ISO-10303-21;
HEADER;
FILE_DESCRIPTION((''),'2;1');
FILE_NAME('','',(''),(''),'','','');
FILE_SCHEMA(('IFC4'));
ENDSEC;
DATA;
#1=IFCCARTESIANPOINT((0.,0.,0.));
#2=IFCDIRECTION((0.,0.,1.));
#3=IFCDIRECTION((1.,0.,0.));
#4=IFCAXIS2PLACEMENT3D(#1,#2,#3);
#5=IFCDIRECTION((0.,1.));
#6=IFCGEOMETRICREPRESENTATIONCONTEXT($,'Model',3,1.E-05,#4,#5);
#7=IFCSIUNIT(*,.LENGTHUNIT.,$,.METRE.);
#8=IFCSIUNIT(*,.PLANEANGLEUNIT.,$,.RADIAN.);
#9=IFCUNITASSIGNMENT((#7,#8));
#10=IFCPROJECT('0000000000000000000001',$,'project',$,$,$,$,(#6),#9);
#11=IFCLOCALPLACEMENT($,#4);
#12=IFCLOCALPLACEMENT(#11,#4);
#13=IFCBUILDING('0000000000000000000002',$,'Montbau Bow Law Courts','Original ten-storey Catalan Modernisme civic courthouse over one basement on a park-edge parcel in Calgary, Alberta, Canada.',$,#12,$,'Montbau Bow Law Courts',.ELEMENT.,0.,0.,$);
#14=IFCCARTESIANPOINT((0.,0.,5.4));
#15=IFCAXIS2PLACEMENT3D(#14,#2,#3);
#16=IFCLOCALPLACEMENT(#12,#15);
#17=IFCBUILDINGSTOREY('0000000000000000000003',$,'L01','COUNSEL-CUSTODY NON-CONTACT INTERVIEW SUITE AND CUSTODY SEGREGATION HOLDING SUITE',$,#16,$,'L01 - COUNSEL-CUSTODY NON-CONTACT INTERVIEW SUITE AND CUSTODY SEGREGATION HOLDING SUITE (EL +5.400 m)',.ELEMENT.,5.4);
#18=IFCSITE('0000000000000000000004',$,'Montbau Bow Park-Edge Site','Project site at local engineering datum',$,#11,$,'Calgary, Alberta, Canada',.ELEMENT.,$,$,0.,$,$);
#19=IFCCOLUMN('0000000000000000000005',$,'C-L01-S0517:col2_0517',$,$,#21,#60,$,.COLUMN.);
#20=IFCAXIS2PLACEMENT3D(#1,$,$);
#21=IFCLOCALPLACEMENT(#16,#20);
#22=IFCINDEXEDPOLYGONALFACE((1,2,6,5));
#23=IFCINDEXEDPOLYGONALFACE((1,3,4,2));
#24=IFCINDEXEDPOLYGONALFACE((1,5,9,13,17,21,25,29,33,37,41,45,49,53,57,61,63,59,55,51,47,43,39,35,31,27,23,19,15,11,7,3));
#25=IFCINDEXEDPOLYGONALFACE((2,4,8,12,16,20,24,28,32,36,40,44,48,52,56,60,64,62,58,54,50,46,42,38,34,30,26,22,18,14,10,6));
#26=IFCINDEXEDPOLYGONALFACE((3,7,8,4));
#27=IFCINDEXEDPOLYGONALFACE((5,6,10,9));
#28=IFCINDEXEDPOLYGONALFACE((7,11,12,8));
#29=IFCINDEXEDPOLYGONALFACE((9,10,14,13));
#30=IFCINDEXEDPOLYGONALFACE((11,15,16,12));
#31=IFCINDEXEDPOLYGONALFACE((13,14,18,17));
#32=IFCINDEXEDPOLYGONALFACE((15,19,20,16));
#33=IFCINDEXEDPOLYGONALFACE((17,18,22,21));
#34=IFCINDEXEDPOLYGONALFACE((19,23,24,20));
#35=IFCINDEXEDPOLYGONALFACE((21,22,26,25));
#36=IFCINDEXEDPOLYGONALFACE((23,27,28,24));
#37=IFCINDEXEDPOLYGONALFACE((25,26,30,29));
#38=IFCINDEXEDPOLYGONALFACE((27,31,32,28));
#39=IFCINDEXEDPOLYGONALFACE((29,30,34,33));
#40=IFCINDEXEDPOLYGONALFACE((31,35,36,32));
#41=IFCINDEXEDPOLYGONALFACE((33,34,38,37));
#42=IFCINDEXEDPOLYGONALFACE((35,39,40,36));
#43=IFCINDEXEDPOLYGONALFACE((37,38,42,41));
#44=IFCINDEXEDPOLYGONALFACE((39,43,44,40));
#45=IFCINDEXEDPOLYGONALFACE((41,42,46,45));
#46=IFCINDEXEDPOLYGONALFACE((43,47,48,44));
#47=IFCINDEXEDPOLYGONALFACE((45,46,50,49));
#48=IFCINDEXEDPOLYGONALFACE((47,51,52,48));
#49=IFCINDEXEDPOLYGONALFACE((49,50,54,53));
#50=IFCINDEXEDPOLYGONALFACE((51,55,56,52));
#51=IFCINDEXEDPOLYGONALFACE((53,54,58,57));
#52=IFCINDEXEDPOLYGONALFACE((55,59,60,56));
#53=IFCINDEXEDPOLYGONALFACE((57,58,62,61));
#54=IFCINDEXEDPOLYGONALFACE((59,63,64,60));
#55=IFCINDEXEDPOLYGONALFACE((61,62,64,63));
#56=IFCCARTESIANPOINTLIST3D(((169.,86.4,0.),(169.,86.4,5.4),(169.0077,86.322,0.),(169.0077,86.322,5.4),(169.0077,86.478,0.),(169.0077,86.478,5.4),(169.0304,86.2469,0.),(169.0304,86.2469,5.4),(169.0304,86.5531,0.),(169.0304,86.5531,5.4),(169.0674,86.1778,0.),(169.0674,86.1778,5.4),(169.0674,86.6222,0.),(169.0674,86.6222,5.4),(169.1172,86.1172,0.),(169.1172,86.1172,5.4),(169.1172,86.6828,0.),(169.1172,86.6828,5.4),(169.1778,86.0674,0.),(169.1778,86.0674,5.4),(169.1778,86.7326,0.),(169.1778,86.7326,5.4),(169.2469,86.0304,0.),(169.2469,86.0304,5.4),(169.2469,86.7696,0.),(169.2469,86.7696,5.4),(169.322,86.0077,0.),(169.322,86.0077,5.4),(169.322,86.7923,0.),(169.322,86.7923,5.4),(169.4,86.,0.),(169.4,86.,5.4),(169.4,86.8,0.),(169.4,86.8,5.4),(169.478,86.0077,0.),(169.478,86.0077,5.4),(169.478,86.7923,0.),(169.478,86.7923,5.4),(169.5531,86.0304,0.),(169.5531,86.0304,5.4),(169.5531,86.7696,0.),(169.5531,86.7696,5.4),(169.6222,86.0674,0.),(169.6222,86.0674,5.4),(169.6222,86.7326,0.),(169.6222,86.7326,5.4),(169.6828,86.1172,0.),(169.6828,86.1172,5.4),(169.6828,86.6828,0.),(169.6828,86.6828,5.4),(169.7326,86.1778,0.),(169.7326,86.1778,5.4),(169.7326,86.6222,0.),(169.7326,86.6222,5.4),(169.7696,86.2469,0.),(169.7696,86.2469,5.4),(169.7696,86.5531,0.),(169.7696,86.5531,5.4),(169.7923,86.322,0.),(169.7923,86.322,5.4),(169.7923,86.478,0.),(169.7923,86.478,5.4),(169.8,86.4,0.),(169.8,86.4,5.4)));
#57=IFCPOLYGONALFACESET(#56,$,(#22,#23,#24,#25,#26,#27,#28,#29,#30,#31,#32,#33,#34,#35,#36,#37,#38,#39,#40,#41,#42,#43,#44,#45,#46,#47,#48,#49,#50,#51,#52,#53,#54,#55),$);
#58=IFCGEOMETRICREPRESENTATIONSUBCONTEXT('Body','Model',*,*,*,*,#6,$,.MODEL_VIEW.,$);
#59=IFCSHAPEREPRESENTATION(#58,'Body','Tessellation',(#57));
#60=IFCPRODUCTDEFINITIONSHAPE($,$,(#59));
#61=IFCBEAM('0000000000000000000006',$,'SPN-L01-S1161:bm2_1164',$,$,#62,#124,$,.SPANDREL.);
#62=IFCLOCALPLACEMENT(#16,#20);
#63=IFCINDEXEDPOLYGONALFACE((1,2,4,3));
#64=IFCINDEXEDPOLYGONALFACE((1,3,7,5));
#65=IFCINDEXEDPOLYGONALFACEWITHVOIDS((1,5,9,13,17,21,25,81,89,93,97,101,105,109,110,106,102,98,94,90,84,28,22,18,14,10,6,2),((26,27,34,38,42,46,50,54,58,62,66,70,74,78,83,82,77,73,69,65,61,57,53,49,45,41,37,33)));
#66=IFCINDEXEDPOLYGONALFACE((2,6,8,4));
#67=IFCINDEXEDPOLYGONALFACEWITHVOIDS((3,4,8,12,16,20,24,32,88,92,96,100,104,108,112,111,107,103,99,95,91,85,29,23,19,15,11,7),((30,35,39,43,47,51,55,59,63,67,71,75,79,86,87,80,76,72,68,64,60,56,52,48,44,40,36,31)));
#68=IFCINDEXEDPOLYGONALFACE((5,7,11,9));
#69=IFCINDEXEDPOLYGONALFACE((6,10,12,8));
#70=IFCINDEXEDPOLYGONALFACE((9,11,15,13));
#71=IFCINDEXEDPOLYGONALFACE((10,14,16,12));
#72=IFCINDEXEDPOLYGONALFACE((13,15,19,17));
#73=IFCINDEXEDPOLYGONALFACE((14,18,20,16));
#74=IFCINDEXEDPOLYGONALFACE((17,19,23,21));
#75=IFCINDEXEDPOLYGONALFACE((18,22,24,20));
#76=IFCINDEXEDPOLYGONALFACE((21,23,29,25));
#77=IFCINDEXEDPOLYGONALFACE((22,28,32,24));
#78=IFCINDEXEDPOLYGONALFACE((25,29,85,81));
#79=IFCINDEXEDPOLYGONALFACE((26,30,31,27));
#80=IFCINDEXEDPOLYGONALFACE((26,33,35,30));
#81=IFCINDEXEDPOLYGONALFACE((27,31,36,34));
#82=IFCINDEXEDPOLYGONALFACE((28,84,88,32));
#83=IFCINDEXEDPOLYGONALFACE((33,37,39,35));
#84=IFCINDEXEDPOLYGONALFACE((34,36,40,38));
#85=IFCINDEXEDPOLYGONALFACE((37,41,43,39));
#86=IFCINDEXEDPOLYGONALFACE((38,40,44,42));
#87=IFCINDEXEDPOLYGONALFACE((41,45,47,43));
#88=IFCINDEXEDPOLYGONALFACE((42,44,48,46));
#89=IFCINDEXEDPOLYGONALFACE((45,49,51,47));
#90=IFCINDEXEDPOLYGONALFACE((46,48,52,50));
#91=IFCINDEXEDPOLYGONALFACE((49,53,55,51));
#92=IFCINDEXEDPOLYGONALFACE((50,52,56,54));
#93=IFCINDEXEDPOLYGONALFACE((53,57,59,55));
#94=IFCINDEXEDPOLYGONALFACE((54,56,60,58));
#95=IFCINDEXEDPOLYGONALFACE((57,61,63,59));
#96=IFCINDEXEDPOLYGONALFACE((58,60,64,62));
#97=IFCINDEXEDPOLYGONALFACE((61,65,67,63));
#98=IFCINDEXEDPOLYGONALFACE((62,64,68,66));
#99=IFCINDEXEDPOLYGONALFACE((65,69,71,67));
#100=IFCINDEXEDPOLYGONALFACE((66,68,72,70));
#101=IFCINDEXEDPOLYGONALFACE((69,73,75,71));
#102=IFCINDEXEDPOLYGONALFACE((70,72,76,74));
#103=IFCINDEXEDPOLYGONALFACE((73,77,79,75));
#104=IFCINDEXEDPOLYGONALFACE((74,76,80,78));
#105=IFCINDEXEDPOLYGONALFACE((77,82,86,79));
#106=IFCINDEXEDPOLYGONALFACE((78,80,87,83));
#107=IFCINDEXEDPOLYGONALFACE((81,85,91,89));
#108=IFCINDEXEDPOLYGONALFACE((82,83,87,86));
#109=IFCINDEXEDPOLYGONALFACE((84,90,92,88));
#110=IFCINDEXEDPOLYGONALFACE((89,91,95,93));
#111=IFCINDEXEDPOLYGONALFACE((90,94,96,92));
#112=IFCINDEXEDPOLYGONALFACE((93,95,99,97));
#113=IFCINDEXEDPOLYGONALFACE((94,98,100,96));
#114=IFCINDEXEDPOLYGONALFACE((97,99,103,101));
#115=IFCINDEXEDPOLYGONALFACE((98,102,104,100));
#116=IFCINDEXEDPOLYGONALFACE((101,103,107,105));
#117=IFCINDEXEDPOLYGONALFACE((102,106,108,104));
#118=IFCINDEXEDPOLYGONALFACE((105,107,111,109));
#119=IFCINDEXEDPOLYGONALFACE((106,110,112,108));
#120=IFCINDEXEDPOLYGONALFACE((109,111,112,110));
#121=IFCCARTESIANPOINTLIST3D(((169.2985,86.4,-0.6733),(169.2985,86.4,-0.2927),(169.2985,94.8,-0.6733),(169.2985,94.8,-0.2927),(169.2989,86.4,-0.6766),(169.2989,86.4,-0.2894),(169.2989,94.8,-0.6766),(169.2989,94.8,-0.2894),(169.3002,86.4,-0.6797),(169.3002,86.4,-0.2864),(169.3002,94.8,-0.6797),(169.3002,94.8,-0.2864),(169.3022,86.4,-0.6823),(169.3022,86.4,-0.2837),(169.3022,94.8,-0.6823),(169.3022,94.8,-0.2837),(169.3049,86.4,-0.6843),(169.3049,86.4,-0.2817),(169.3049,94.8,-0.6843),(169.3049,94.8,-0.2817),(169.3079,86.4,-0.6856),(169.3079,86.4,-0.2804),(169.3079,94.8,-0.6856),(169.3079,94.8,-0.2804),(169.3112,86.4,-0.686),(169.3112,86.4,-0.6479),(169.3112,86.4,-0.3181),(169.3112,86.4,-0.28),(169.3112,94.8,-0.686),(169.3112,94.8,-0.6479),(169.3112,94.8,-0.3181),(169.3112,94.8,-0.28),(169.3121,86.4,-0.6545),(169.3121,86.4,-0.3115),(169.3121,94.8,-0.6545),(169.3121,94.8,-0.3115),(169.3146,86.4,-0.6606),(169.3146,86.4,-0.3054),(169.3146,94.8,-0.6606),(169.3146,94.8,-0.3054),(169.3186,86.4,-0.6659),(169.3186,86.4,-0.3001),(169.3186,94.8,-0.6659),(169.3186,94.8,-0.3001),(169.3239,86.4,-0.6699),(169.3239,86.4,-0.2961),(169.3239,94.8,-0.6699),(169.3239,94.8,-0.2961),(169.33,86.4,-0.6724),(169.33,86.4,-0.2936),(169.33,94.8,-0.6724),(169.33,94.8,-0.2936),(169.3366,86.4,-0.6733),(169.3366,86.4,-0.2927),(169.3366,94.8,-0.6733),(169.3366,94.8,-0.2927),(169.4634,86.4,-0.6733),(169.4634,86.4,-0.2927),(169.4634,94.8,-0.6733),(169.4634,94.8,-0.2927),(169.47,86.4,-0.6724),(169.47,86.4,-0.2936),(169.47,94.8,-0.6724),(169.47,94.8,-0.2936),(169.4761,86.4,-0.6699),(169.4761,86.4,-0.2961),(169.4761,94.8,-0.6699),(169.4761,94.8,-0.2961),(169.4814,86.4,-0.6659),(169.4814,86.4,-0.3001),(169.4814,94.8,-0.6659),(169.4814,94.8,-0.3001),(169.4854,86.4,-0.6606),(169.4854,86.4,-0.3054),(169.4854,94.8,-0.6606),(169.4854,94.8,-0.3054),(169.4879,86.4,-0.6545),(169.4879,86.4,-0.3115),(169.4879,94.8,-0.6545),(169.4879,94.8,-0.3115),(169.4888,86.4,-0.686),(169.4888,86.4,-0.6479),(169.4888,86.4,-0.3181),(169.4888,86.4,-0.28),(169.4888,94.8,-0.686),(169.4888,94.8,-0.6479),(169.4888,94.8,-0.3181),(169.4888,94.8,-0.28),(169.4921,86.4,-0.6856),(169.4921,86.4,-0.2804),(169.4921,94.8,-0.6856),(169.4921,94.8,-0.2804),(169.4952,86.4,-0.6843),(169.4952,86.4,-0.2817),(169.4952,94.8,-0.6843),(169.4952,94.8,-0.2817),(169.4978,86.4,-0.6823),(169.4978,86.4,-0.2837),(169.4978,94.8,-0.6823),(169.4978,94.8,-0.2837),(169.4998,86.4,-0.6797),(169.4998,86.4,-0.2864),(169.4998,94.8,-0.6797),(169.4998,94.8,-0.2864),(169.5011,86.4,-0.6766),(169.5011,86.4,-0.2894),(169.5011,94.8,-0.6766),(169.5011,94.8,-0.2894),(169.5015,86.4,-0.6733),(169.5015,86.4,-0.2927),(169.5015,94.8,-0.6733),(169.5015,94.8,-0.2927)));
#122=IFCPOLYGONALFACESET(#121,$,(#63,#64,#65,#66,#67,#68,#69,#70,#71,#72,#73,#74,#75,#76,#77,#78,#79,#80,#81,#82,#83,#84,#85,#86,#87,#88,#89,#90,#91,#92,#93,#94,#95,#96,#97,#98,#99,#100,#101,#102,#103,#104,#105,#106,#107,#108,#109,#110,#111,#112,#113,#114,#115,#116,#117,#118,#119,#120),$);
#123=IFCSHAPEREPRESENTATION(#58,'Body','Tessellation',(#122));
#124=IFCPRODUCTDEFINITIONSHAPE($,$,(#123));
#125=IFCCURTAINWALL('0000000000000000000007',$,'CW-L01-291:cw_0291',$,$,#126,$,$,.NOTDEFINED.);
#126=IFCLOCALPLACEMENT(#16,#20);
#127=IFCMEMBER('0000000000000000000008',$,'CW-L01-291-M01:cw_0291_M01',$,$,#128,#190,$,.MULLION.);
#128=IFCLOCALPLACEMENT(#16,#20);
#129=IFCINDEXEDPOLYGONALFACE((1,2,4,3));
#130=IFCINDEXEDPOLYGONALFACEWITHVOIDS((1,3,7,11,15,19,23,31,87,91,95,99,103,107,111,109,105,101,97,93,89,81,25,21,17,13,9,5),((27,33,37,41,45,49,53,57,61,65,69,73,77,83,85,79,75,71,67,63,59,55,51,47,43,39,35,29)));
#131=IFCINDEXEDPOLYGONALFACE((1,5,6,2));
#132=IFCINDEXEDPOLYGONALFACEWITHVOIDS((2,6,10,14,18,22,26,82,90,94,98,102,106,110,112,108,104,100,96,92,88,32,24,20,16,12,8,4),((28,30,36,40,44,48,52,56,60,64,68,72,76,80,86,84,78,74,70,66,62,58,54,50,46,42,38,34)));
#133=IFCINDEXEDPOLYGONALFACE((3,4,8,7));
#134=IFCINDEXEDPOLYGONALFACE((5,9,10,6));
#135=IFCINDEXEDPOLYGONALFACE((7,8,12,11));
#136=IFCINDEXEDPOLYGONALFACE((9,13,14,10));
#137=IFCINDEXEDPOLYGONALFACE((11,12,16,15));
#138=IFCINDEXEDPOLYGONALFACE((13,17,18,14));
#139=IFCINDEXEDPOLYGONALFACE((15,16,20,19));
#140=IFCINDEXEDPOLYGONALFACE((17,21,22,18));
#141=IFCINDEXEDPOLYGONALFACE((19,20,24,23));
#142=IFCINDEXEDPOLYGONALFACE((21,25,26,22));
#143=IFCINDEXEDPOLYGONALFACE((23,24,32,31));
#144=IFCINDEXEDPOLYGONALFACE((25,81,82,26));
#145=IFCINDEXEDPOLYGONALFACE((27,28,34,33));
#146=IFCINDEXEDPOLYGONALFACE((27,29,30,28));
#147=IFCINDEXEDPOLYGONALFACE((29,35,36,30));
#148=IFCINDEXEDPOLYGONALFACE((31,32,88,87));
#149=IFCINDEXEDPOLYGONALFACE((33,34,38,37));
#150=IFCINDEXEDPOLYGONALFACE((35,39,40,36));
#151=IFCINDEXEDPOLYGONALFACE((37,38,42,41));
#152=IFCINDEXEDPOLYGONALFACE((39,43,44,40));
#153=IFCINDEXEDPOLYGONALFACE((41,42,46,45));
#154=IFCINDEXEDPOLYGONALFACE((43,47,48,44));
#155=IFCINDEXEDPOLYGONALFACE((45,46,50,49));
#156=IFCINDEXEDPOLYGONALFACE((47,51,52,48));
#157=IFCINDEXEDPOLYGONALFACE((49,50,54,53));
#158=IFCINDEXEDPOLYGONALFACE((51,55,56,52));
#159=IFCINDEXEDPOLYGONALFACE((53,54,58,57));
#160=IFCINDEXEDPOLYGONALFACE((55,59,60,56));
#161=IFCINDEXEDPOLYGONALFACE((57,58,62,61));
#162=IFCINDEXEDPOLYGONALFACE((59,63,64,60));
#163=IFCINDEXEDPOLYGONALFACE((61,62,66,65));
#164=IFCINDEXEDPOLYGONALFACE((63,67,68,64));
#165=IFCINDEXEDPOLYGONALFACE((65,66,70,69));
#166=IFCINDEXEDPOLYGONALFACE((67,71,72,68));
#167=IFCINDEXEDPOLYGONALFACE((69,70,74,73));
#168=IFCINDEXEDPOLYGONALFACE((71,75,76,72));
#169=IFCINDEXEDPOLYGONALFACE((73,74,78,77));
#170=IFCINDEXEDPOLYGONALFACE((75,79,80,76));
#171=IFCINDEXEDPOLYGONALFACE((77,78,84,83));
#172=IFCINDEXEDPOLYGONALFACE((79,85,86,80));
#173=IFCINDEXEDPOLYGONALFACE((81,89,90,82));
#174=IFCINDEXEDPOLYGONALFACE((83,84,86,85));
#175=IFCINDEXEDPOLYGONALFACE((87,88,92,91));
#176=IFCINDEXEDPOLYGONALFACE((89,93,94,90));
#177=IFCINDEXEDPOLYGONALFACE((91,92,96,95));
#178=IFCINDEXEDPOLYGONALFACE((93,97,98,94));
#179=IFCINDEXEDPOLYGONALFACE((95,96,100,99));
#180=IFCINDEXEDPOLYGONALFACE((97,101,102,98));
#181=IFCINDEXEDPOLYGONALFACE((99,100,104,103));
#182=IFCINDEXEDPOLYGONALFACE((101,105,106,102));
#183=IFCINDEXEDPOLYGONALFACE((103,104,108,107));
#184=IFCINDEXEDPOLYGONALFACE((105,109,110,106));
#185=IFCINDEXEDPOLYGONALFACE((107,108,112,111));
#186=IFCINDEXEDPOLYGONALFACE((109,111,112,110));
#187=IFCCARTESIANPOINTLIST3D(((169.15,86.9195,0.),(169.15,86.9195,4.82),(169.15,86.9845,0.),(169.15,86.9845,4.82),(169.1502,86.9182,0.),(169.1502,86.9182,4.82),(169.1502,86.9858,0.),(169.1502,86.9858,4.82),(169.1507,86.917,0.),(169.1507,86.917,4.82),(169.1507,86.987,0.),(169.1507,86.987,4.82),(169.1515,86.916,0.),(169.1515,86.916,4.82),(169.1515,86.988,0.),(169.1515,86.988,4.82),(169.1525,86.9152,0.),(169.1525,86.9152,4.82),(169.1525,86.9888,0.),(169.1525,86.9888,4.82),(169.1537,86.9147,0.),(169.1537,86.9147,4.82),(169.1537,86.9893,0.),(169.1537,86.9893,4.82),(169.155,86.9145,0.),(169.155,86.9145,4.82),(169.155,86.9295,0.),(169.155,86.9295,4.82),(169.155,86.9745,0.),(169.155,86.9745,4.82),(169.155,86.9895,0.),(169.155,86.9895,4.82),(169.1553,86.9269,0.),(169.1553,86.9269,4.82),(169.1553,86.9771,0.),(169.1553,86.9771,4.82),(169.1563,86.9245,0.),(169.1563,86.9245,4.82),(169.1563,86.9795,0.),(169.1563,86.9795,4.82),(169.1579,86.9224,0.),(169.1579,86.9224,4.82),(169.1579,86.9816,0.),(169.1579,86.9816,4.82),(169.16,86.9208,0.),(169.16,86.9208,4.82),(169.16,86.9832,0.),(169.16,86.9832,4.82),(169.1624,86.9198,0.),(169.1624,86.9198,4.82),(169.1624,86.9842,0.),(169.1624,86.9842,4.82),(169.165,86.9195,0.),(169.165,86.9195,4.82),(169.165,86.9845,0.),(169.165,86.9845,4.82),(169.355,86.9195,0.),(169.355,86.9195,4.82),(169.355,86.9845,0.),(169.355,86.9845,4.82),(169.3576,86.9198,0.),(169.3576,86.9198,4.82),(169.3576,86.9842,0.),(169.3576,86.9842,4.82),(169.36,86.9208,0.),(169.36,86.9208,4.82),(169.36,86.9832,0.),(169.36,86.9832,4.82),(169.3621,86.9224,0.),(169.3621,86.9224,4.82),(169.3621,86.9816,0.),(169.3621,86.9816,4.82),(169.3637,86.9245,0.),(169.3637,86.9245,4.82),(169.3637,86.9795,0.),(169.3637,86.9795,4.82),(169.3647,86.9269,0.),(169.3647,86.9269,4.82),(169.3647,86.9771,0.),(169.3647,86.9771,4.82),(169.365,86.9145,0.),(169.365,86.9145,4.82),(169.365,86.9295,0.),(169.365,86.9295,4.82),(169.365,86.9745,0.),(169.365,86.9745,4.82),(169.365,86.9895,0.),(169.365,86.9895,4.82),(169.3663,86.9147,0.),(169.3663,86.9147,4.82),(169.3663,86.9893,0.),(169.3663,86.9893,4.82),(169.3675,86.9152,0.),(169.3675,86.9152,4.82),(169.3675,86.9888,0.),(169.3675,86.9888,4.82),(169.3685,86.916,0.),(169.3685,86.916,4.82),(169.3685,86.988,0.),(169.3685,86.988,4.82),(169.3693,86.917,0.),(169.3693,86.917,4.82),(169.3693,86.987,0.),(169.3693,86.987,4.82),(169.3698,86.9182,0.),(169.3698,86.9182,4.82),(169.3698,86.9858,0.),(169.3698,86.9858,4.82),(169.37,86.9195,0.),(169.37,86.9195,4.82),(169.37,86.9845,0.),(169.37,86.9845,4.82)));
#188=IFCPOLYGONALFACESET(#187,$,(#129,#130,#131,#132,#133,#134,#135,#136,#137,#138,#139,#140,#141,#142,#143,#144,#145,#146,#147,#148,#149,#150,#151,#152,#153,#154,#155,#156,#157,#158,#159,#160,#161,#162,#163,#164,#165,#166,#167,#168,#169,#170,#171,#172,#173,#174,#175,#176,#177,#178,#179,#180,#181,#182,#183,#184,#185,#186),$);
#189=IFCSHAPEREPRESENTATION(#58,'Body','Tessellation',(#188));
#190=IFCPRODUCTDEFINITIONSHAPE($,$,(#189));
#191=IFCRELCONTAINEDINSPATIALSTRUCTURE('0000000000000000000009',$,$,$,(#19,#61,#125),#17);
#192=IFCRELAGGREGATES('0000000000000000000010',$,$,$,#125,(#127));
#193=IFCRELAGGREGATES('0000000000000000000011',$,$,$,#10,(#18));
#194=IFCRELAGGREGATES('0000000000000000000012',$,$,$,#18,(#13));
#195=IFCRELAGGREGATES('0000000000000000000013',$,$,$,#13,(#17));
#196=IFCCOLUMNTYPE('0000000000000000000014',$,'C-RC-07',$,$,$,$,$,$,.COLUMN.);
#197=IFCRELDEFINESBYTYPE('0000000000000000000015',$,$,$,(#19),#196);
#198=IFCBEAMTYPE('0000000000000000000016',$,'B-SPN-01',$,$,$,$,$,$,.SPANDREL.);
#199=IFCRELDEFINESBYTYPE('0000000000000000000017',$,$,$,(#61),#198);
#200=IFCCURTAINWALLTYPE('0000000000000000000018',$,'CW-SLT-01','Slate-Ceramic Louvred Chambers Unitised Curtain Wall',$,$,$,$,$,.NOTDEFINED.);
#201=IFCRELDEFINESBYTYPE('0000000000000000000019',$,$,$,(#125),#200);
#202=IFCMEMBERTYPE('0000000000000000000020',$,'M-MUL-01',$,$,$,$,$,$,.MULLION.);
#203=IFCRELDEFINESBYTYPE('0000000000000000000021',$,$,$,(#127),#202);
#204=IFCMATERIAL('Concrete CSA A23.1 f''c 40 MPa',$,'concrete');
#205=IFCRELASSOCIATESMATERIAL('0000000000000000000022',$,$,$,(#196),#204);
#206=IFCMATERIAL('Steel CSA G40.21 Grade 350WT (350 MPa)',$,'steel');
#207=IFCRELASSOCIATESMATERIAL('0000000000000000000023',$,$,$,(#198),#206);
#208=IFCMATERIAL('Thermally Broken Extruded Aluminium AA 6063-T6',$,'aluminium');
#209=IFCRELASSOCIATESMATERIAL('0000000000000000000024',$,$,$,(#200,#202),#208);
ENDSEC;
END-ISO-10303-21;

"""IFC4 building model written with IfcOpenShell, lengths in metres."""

from ifc_helpers import new_model, si_unit, direction, frame, origin_with_axes, origin_2d_with_axis, place, context, subcontext, project, spatial, hollow_rectangle, circle, extrude, material, material_profile, profile_set, type_object, element, aggregate, save


model = new_model("IFC4")

# Units and contexts
model_context = context("Model", 3, precision=1e-05, world=origin_with_axes(), true_north=direction((0.0, 1.0)))
body_context = subcontext(model_context, "Body", "Model", "MODEL_VIEW")
ifc_project = project(units=[si_unit("LENGTHUNIT", "METRE"), si_unit("PLANEANGLEUNIT", "RADIAN")], contexts=[model_context])

# Site, building, storey
site_placement = place(None, origin_with_axes())
site = spatial("IfcSite", under=ifc_project, at=site_placement, Name="Montbau Bow Park-Edge Site", Description="Project site at local engineering datum", LongName="Calgary, Alberta, Canada", CompositionType="ELEMENT", RefElevation=0.0)
building_placement = place(site_placement, origin_with_axes())
building = spatial("IfcBuilding", under=site, at=building_placement, Name="Montbau Bow Law Courts", Description="Original ten-storey Catalan Modernisme civic courthouse over one basement on a park-edge parcel in Calgary, Alberta, Canada.", LongName="Montbau Bow Law Courts", CompositionType="ELEMENT", ElevationOfRefHeight=0.0, ElevationOfTerrain=0.0)
storey_placement = place(building_placement, frame((0.0, 0.0, 5.4), z_axis=(0.0, 0.0, 1.0), x_axis=(1.0, 0.0, 0.0)))
storey = spatial("IfcBuildingStorey", under=building, at=storey_placement, Name="L01", Description="COUNSEL-CUSTODY NON-CONTACT INTERVIEW SUITE AND CUSTODY SEGREGATION HOLDING SUITE", LongName="L01 - COUNSEL-CUSTODY NON-CONTACT INTERVIEW SUITE AND CUSTODY SEGREGATION HOLDING SUITE (EL +5.400 m)", CompositionType="ELEMENT", Elevation=5.4)

# Column
ifc_material_1 = material(Name="Concrete CSA A23.1 f'c 40 MPa", Category="concrete")
ifc_material_profile_1 = material_profile(ifc_material_1, circle(Radius=0.4, at=origin_2d_with_axis()), Name="RC800D", Category="Main", Priority=0)
ifc_profile_set_1 = profile_set([ifc_material_profile_1], Name="Concrete CSA A23.1 f'c 40 MPa")
column_type = type_object("IfcColumnType", Name="C-RC-07", PredefinedType="COLUMN", material=ifc_profile_set_1)
column_placement = place(None, frame((169.4, 86.4, 5.4), z_axis=(0.0, 0.0, 1.0), x_axis=(1.0, 0.0, 0.0)))
element("IfcColumn", 1, at=column_placement, inside=storey, type_object=column_type, Name="C-L01-S0517:col2_0517", PredefinedType="COLUMN", context=body_context, shape_type="SweptSolid", body=[
    extrude(circle(Radius=0.4, at=origin_2d_with_axis()), origin_with_axes(), (0.0, 0.0, 1.0), 5.4),
])

# Beam
ifc_material_2 = material(Name="Steel CSA G40.21 Grade 350WT (350 MPa)", Category="steel")
ifc_material_profile_2 = material_profile(ifc_material_2, hollow_rectangle(XDim=0.203, YDim=0.406, WallThickness=0.0127, InnerFilletRadius=0.0254, OuterFilletRadius=0.0127, at=origin_2d_with_axis()), Name="HSS406X203X13", Category="Main", Priority=0)
ifc_profile_set_2 = profile_set([ifc_material_profile_2], Name="Steel CSA G40.21 Grade 350WT (350 MPa)")
beam_type = type_object("IfcBeamType", Name="B-SPN-01", PredefinedType="SPANDREL", material=ifc_profile_set_2)
beam_placement = place(None, frame((169.4, 86.4, 4.917), z_axis=(0.0, 1.0, 0.0), x_axis=(-1.0, 0.0, 0.0)))
element("IfcBeam", 2, at=beam_placement, inside=storey, type_object=beam_type, Name="SPN-L01-S1161:bm2_1164", PredefinedType="SPANDREL", context=body_context, shape_type="SweptSolid", body=[
    extrude(hollow_rectangle(XDim=0.203, YDim=0.406, WallThickness=0.0127, InnerFilletRadius=0.0254, OuterFilletRadius=0.0127, at=origin_2d_with_axis()), origin_with_axes(), (0.0, 0.0, 1.0), 8.4),
])

# Curtain wall, member
ifc_material_3 = material(Name="Thermally Broken Extruded Aluminium AA 6063-T6", Category="aluminium")
curtain_wall_type = type_object("IfcCurtainWallType", Name="CW-SLT-01", Description="Slate-Ceramic Louvred Chambers Unitised Curtain Wall", PredefinedType="NOTDEFINED", material=ifc_material_3)
curtain_wall_1_placement = place(None, frame((169.26, 86.915, 5.4), z_axis=(0.0, 0.0, 1.0), x_axis=(1.0, 0.0, 0.0)))
curtain_wall_1 = element("IfcCurtainWall", 3, at=curtain_wall_1_placement, inside=storey, type_object=curtain_wall_type, Name="CW-L01-291:cw_0291", PredefinedType="NOTDEFINED")
ifc_material_profile_3 = material_profile(ifc_material_3, hollow_rectangle(XDim=0.075, YDim=0.22, WallThickness=0.005, InnerFilletRadius=0.01, OuterFilletRadius=0.005, at=origin_2d_with_axis()), Name="CWM-220X75", Category="Main", Priority=0)
ifc_profile_set_3 = profile_set([ifc_material_profile_3], Name="Thermally Broken Extruded Aluminium AA 6063-T6")
member_type_1 = type_object("IfcMemberType", Name="M-MUL-01", PredefinedType="MULLION", material=ifc_profile_set_3)
member_1_placement = place(None, frame((169.26, 86.952, 5.4), z_axis=(0.0, 0.0, 1.0), x_axis=(0.0, 1.0, 0.0)))
member_1 = element("IfcMember", 4, at=member_1_placement, type_object=member_type_1, Name="CW-L01-291-M01:cw_0291_M01", PredefinedType="MULLION", context=body_context, shape_type="SweptSolid", body=[
    extrude(hollow_rectangle(XDim=0.075, YDim=0.22, WallThickness=0.005, InnerFilletRadius=0.01, OuterFilletRadius=0.005, at=origin_2d_with_axis()), origin_with_axes(), (0.0, 0.0, 1.0), 4.82),
])

aggregate(curtain_wall_1, [member_1])

save(model, "model.ifc")
